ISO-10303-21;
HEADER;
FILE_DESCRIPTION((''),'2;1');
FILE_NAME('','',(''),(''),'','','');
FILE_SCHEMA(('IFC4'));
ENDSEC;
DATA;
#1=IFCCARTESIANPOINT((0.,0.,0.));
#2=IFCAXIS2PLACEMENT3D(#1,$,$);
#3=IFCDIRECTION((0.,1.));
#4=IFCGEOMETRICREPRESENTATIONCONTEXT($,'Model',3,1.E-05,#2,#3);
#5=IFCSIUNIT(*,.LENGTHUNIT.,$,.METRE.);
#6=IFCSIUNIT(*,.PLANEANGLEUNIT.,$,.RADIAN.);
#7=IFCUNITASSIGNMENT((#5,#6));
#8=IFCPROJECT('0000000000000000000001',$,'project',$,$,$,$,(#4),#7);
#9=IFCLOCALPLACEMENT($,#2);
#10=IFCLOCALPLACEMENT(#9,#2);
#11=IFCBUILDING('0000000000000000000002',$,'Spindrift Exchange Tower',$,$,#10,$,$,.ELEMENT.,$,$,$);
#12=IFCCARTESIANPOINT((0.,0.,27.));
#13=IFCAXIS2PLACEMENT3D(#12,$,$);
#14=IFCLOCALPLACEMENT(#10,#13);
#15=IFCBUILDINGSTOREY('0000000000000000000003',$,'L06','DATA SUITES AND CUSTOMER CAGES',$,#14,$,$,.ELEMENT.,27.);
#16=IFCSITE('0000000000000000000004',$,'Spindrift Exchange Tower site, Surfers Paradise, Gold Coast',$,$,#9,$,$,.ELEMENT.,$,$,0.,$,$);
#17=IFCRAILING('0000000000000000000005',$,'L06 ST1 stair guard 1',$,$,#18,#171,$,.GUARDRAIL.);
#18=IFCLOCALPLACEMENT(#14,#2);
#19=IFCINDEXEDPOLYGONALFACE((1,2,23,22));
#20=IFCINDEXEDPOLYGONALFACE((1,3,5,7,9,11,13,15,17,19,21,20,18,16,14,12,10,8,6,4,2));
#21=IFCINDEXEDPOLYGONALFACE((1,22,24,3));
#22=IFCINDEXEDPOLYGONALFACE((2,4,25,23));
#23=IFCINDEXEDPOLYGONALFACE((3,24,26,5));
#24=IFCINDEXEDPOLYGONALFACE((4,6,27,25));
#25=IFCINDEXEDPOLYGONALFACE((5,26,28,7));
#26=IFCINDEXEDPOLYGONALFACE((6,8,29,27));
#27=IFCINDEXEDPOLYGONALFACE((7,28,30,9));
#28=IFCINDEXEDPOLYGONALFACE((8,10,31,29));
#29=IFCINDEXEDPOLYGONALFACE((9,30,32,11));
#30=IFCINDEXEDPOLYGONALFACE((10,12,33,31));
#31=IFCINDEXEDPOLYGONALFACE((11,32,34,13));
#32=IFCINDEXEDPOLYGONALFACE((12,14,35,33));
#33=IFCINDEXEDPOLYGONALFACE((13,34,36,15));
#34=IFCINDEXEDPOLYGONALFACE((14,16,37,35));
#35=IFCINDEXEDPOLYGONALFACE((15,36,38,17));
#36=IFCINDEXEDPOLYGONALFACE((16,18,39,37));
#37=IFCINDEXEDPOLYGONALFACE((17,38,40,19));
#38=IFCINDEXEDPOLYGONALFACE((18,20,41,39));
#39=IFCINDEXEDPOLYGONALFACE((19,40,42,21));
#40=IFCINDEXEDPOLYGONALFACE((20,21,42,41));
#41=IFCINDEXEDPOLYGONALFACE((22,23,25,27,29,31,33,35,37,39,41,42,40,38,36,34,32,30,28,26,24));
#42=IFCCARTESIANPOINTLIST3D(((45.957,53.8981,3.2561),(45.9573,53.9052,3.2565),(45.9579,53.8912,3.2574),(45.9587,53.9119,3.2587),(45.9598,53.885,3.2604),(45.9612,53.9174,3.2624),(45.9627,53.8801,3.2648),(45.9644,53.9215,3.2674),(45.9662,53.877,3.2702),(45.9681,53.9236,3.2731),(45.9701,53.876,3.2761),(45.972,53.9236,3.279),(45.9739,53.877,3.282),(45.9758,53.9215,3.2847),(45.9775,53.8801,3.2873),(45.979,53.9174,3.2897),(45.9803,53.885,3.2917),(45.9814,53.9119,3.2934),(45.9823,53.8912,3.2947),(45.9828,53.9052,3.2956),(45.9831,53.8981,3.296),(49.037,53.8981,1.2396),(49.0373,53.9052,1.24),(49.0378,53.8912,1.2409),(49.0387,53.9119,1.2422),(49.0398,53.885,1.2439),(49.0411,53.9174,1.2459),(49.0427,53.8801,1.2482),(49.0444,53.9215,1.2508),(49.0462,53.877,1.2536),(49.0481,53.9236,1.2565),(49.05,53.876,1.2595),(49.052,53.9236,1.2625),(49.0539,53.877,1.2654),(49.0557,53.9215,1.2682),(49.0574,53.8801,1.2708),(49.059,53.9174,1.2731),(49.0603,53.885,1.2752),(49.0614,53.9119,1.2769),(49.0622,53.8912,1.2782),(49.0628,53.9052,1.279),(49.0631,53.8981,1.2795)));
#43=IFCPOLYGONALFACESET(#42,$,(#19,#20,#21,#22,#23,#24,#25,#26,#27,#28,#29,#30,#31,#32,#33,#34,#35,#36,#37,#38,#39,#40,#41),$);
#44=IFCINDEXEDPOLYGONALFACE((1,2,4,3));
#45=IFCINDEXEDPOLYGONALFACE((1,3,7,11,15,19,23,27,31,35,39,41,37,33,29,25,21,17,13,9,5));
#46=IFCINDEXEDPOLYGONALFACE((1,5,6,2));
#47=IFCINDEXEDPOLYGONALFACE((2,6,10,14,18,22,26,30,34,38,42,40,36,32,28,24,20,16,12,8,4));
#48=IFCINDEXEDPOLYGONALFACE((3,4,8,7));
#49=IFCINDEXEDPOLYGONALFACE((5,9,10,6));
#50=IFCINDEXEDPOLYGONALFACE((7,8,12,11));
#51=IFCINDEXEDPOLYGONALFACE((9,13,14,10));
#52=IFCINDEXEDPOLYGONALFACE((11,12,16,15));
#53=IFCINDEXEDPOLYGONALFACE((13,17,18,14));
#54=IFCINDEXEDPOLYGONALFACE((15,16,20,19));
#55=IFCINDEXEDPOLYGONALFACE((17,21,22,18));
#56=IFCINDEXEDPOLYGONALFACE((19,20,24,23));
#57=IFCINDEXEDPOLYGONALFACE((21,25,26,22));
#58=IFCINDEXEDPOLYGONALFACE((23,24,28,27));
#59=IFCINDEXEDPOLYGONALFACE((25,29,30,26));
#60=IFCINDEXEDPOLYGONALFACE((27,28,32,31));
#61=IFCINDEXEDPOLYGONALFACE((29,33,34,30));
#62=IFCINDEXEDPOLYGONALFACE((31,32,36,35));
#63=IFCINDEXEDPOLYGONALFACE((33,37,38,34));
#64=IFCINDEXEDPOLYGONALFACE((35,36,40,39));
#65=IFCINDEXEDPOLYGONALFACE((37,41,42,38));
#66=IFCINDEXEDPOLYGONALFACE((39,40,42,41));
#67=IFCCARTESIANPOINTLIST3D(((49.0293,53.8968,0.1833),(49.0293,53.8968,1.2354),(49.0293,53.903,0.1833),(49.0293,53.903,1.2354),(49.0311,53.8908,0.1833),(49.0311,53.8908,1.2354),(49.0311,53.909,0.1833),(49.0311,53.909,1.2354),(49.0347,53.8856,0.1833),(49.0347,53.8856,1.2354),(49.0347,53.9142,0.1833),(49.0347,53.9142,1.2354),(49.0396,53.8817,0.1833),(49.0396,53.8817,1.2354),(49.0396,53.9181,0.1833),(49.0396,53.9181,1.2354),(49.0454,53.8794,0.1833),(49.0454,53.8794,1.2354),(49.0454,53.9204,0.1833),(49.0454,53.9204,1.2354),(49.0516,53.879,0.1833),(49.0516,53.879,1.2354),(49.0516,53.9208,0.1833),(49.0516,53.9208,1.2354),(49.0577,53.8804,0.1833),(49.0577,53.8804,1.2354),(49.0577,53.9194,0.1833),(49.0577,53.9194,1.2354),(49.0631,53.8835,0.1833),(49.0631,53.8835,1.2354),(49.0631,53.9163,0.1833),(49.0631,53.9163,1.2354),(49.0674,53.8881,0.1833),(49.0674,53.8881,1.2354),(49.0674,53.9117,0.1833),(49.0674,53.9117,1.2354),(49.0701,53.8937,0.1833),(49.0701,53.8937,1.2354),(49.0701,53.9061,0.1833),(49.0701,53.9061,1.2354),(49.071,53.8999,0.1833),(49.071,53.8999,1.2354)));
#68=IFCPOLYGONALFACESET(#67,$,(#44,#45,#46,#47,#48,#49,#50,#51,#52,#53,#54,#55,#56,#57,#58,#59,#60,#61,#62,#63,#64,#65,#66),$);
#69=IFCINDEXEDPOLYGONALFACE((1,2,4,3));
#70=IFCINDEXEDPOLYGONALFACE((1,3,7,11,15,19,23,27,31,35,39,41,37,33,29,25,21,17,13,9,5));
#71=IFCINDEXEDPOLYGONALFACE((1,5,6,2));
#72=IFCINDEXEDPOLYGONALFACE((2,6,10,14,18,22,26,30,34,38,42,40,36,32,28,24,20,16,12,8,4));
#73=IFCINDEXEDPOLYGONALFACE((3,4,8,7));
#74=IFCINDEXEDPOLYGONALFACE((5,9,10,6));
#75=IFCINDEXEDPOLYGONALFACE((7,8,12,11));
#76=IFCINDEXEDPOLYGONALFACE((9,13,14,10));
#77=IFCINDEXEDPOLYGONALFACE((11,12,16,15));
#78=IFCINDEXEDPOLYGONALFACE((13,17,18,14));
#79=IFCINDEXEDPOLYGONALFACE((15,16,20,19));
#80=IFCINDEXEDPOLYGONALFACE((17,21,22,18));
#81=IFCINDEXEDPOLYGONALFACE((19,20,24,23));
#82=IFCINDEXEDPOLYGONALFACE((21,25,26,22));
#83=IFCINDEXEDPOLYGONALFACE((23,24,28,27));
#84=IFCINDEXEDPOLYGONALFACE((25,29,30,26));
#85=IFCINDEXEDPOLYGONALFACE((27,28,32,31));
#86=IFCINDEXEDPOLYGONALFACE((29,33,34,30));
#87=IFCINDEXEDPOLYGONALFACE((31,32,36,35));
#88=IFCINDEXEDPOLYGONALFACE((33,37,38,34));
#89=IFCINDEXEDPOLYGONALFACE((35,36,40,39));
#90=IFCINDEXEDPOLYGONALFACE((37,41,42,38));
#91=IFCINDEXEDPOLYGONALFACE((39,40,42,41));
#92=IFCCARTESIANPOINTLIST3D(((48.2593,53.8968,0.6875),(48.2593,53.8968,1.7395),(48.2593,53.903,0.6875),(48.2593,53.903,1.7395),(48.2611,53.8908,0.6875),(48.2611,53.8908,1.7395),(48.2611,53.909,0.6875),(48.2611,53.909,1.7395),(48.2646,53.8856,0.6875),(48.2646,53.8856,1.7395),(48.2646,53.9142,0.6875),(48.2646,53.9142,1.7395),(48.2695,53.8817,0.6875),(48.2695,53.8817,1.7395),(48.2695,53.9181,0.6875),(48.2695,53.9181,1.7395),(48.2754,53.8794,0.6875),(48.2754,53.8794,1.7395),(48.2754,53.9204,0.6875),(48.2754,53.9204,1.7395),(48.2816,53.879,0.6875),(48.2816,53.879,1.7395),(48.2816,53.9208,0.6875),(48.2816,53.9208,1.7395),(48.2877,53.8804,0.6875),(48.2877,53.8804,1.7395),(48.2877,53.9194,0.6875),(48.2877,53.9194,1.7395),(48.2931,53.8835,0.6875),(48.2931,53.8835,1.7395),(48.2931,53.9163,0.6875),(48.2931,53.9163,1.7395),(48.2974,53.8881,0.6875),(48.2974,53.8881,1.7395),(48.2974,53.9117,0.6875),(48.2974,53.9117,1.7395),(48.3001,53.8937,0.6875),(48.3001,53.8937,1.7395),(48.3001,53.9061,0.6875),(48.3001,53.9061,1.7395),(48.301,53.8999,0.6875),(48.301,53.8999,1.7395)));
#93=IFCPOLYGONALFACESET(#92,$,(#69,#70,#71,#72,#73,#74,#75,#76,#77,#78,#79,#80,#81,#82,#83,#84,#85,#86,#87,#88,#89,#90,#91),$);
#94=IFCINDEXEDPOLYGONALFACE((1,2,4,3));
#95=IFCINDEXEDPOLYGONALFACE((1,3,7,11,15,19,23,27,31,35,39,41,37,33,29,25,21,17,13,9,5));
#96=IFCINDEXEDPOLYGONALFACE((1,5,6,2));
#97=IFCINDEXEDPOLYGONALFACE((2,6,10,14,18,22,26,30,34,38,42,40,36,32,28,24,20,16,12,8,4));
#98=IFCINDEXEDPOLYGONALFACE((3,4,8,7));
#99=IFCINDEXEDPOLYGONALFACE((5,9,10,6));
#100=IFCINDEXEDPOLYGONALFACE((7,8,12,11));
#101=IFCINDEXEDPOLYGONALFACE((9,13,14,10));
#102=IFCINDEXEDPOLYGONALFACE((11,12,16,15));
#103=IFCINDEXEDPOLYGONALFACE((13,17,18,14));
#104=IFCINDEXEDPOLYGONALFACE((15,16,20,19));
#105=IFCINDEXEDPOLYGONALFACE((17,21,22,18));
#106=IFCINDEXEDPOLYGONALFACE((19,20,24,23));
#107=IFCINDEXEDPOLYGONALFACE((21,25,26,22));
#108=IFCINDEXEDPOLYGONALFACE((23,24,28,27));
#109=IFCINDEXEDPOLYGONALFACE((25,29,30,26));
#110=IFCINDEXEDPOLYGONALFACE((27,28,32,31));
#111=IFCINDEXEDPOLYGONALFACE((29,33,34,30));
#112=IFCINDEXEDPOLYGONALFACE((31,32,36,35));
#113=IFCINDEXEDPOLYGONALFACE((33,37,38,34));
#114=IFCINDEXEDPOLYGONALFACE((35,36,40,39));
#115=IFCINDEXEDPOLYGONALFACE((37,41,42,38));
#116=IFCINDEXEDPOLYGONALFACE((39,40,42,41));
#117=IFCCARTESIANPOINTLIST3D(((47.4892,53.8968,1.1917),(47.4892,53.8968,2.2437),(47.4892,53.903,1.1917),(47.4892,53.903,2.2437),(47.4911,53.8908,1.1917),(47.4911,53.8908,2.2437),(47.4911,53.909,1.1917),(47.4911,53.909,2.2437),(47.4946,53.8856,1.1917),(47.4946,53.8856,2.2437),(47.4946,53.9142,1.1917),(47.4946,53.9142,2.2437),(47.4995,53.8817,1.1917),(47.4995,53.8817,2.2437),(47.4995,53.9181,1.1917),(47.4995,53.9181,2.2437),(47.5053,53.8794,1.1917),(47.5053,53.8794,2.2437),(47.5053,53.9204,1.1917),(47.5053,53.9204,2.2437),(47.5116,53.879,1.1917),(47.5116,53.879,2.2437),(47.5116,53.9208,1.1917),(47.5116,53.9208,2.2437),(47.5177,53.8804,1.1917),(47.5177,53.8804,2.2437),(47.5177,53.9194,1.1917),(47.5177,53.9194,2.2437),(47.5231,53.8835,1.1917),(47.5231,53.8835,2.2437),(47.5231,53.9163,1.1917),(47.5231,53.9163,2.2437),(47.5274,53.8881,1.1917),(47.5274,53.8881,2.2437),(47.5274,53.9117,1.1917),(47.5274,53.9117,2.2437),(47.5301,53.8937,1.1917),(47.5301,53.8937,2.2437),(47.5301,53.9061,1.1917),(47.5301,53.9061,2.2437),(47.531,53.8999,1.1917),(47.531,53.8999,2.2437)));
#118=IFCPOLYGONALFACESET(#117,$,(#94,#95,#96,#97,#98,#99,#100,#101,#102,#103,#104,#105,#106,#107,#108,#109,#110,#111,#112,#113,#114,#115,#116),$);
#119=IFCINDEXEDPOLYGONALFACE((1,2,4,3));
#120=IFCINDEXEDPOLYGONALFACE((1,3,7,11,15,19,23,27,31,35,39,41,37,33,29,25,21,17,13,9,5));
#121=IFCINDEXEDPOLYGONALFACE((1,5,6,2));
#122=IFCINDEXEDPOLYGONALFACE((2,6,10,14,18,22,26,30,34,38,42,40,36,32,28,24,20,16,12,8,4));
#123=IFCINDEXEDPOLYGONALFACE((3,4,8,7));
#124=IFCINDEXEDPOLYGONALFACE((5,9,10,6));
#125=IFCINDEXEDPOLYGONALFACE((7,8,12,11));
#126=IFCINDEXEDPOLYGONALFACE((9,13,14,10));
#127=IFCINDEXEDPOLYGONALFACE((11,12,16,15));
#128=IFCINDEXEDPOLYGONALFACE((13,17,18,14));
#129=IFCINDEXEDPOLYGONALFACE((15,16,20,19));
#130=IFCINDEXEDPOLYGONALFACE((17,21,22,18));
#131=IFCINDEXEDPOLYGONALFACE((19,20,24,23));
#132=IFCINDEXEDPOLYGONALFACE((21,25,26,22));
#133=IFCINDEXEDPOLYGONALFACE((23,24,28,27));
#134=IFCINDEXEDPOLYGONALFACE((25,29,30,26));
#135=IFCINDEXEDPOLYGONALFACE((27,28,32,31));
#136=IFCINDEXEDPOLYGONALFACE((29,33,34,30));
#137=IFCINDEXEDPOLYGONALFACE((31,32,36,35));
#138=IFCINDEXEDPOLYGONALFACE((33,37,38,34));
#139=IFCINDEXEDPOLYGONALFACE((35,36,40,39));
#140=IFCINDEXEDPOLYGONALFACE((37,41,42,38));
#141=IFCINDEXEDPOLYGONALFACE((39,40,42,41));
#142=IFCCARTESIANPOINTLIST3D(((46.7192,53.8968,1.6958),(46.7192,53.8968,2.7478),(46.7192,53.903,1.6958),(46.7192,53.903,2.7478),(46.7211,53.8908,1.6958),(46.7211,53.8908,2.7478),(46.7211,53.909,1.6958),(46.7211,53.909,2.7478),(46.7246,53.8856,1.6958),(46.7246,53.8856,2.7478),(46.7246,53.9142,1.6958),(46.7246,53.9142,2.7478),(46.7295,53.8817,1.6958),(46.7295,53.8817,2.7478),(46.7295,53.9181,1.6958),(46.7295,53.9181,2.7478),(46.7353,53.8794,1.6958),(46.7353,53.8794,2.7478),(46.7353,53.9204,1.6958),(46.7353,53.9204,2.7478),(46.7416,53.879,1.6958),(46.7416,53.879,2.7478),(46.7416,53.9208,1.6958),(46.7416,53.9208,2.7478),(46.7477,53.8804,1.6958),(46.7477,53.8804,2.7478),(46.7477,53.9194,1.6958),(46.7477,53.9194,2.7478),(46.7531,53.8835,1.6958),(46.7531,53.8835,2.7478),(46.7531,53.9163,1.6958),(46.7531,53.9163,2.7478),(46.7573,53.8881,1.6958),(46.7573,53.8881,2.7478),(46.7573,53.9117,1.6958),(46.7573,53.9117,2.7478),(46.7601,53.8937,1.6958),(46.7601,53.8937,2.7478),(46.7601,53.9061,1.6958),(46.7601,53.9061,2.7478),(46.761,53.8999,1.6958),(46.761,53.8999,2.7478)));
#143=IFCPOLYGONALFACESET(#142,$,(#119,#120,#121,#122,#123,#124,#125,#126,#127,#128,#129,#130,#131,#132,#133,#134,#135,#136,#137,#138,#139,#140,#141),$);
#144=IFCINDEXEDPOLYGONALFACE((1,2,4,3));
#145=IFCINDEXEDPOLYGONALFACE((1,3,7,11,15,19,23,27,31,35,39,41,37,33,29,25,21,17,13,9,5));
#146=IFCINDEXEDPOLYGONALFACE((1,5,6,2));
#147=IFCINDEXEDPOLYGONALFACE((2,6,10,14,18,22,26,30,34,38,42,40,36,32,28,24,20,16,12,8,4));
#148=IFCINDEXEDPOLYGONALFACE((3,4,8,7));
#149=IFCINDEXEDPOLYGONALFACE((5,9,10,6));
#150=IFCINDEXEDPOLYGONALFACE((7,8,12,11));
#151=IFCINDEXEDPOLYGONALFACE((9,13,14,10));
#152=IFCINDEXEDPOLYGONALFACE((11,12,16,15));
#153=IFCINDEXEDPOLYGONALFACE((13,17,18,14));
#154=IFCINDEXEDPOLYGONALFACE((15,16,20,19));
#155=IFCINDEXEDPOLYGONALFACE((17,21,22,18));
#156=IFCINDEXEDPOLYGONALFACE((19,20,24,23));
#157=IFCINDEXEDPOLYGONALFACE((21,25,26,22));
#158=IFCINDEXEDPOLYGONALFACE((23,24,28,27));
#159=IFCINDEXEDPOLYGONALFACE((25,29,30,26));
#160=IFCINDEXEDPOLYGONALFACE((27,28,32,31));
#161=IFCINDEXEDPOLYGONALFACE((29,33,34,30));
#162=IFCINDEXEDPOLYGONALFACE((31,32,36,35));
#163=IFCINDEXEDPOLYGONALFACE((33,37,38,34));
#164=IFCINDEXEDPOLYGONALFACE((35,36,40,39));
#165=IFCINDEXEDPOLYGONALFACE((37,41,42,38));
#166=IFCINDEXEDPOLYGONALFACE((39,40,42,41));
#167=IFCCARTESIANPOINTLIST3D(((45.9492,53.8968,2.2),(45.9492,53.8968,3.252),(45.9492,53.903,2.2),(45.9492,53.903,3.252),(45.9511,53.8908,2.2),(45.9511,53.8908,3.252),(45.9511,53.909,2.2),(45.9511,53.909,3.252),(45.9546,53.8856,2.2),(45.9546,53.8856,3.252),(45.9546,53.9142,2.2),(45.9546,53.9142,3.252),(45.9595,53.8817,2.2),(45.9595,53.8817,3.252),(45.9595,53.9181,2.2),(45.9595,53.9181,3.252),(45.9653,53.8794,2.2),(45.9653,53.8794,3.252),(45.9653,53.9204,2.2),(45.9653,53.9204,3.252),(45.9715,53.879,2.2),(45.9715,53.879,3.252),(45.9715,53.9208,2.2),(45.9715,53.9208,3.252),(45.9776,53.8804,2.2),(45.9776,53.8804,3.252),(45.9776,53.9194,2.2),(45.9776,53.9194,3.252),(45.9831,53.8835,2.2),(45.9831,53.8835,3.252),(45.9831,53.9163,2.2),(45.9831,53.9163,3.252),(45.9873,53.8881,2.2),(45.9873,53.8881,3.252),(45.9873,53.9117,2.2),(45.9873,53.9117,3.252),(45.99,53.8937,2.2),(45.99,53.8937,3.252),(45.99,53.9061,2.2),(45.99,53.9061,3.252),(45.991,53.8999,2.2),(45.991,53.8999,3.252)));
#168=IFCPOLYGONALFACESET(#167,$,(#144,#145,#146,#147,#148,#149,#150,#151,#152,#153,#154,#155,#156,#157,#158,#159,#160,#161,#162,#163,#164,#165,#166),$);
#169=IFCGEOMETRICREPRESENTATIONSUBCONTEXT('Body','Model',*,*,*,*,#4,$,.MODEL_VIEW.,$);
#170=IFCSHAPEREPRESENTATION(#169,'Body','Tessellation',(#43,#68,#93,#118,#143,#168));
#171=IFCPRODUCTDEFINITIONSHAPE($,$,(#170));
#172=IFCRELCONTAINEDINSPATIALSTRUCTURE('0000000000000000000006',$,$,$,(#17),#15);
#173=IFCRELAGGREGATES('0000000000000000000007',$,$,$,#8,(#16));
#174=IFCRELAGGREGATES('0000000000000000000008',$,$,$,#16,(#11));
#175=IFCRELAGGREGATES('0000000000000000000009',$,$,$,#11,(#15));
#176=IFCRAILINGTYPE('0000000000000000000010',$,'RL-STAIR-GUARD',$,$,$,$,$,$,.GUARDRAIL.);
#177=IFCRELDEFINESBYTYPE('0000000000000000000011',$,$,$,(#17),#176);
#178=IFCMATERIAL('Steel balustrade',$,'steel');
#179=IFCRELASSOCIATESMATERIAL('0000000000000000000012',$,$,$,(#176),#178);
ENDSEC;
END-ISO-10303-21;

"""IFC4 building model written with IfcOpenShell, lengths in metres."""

from ifc_helpers import new_model, si_unit, direction, frame, origin, origin_2d, place, context, subcontext, project, spatial, circle, extrude, material, type_object, element, save


model = new_model("IFC4")

# Units and contexts
model_context = context("Model", 3, precision=1e-05, world=origin(), true_north=direction((0.0, 1.0)))
body_context = subcontext(model_context, "Body", "Model", "MODEL_VIEW")
ifc_project = project(units=[si_unit("LENGTHUNIT", "METRE"), si_unit("PLANEANGLEUNIT", "RADIAN")], contexts=[model_context])

# Site, building, storey
site_placement = place(None, origin())
site = spatial("IfcSite", under=ifc_project, at=site_placement, Name="Spindrift Exchange Tower site, Surfers Paradise, Gold Coast", CompositionType="ELEMENT", RefElevation=0.0)
building_placement = place(site_placement, origin())
building = spatial("IfcBuilding", under=site, at=building_placement, Name="Spindrift Exchange Tower", CompositionType="ELEMENT")
storey_placement = place(building_placement, frame((0.0, 0.0, 27.0)))
storey = spatial("IfcBuildingStorey", under=building, at=storey_placement, Name="L06", Description="DATA SUITES AND CUSTOMER CAGES", CompositionType="ELEMENT", Elevation=27.0)

# Railing
ifc_material_1 = material(Name="Steel balustrade", Category="steel")
railing_type_1 = type_object("IfcRailingType", Name="RL-STAIR-GUARD", PredefinedType="GUARDRAIL", material=ifc_material_1)
railing_1_placement = place(storey_placement, frame((49.05, 53.8999, 0.1833)))
element("IfcRailing", 1, at=railing_1_placement, inside=storey, type_object=railing_type_1, Name="L06 ST1 stair guard 1", PredefinedType="GUARDRAIL", context=body_context, shape_type="SweptSolid", body=[
    extrude(circle(Radius=0.0239, at=origin_2d()), frame((0.0, 0.0, 1.0762), z_axis=(-0.836633, 0.0, 0.547764), x_axis=(0.0, -1.0, 0.0)), (0.0, 0.0, 1.0), 3.6814),
    extrude(circle(Radius=0.021, at=origin_2d()), origin(), (0.0, 0.0, 1.0), 1.052),
    extrude(circle(Radius=0.021, at=origin_2d()), frame((-0.77, 0.0, 0.5042)), (0.0, 0.0, 1.0), 1.052),
    extrude(circle(Radius=0.021, at=origin_2d()), frame((-1.54, 0.0, 1.0083)), (0.0, 0.0, 1.0), 1.052),
    extrude(circle(Radius=0.021, at=origin_2d()), frame((-2.3101, 0.0, 1.5125)), (0.0, 0.0, 1.0), 1.052),
    extrude(circle(Radius=0.021, at=origin_2d()), frame((-3.0801, 0.0, 2.0166)), (0.0, 0.0, 1.0), 1.052),
])

save(model, "model.ifc")
